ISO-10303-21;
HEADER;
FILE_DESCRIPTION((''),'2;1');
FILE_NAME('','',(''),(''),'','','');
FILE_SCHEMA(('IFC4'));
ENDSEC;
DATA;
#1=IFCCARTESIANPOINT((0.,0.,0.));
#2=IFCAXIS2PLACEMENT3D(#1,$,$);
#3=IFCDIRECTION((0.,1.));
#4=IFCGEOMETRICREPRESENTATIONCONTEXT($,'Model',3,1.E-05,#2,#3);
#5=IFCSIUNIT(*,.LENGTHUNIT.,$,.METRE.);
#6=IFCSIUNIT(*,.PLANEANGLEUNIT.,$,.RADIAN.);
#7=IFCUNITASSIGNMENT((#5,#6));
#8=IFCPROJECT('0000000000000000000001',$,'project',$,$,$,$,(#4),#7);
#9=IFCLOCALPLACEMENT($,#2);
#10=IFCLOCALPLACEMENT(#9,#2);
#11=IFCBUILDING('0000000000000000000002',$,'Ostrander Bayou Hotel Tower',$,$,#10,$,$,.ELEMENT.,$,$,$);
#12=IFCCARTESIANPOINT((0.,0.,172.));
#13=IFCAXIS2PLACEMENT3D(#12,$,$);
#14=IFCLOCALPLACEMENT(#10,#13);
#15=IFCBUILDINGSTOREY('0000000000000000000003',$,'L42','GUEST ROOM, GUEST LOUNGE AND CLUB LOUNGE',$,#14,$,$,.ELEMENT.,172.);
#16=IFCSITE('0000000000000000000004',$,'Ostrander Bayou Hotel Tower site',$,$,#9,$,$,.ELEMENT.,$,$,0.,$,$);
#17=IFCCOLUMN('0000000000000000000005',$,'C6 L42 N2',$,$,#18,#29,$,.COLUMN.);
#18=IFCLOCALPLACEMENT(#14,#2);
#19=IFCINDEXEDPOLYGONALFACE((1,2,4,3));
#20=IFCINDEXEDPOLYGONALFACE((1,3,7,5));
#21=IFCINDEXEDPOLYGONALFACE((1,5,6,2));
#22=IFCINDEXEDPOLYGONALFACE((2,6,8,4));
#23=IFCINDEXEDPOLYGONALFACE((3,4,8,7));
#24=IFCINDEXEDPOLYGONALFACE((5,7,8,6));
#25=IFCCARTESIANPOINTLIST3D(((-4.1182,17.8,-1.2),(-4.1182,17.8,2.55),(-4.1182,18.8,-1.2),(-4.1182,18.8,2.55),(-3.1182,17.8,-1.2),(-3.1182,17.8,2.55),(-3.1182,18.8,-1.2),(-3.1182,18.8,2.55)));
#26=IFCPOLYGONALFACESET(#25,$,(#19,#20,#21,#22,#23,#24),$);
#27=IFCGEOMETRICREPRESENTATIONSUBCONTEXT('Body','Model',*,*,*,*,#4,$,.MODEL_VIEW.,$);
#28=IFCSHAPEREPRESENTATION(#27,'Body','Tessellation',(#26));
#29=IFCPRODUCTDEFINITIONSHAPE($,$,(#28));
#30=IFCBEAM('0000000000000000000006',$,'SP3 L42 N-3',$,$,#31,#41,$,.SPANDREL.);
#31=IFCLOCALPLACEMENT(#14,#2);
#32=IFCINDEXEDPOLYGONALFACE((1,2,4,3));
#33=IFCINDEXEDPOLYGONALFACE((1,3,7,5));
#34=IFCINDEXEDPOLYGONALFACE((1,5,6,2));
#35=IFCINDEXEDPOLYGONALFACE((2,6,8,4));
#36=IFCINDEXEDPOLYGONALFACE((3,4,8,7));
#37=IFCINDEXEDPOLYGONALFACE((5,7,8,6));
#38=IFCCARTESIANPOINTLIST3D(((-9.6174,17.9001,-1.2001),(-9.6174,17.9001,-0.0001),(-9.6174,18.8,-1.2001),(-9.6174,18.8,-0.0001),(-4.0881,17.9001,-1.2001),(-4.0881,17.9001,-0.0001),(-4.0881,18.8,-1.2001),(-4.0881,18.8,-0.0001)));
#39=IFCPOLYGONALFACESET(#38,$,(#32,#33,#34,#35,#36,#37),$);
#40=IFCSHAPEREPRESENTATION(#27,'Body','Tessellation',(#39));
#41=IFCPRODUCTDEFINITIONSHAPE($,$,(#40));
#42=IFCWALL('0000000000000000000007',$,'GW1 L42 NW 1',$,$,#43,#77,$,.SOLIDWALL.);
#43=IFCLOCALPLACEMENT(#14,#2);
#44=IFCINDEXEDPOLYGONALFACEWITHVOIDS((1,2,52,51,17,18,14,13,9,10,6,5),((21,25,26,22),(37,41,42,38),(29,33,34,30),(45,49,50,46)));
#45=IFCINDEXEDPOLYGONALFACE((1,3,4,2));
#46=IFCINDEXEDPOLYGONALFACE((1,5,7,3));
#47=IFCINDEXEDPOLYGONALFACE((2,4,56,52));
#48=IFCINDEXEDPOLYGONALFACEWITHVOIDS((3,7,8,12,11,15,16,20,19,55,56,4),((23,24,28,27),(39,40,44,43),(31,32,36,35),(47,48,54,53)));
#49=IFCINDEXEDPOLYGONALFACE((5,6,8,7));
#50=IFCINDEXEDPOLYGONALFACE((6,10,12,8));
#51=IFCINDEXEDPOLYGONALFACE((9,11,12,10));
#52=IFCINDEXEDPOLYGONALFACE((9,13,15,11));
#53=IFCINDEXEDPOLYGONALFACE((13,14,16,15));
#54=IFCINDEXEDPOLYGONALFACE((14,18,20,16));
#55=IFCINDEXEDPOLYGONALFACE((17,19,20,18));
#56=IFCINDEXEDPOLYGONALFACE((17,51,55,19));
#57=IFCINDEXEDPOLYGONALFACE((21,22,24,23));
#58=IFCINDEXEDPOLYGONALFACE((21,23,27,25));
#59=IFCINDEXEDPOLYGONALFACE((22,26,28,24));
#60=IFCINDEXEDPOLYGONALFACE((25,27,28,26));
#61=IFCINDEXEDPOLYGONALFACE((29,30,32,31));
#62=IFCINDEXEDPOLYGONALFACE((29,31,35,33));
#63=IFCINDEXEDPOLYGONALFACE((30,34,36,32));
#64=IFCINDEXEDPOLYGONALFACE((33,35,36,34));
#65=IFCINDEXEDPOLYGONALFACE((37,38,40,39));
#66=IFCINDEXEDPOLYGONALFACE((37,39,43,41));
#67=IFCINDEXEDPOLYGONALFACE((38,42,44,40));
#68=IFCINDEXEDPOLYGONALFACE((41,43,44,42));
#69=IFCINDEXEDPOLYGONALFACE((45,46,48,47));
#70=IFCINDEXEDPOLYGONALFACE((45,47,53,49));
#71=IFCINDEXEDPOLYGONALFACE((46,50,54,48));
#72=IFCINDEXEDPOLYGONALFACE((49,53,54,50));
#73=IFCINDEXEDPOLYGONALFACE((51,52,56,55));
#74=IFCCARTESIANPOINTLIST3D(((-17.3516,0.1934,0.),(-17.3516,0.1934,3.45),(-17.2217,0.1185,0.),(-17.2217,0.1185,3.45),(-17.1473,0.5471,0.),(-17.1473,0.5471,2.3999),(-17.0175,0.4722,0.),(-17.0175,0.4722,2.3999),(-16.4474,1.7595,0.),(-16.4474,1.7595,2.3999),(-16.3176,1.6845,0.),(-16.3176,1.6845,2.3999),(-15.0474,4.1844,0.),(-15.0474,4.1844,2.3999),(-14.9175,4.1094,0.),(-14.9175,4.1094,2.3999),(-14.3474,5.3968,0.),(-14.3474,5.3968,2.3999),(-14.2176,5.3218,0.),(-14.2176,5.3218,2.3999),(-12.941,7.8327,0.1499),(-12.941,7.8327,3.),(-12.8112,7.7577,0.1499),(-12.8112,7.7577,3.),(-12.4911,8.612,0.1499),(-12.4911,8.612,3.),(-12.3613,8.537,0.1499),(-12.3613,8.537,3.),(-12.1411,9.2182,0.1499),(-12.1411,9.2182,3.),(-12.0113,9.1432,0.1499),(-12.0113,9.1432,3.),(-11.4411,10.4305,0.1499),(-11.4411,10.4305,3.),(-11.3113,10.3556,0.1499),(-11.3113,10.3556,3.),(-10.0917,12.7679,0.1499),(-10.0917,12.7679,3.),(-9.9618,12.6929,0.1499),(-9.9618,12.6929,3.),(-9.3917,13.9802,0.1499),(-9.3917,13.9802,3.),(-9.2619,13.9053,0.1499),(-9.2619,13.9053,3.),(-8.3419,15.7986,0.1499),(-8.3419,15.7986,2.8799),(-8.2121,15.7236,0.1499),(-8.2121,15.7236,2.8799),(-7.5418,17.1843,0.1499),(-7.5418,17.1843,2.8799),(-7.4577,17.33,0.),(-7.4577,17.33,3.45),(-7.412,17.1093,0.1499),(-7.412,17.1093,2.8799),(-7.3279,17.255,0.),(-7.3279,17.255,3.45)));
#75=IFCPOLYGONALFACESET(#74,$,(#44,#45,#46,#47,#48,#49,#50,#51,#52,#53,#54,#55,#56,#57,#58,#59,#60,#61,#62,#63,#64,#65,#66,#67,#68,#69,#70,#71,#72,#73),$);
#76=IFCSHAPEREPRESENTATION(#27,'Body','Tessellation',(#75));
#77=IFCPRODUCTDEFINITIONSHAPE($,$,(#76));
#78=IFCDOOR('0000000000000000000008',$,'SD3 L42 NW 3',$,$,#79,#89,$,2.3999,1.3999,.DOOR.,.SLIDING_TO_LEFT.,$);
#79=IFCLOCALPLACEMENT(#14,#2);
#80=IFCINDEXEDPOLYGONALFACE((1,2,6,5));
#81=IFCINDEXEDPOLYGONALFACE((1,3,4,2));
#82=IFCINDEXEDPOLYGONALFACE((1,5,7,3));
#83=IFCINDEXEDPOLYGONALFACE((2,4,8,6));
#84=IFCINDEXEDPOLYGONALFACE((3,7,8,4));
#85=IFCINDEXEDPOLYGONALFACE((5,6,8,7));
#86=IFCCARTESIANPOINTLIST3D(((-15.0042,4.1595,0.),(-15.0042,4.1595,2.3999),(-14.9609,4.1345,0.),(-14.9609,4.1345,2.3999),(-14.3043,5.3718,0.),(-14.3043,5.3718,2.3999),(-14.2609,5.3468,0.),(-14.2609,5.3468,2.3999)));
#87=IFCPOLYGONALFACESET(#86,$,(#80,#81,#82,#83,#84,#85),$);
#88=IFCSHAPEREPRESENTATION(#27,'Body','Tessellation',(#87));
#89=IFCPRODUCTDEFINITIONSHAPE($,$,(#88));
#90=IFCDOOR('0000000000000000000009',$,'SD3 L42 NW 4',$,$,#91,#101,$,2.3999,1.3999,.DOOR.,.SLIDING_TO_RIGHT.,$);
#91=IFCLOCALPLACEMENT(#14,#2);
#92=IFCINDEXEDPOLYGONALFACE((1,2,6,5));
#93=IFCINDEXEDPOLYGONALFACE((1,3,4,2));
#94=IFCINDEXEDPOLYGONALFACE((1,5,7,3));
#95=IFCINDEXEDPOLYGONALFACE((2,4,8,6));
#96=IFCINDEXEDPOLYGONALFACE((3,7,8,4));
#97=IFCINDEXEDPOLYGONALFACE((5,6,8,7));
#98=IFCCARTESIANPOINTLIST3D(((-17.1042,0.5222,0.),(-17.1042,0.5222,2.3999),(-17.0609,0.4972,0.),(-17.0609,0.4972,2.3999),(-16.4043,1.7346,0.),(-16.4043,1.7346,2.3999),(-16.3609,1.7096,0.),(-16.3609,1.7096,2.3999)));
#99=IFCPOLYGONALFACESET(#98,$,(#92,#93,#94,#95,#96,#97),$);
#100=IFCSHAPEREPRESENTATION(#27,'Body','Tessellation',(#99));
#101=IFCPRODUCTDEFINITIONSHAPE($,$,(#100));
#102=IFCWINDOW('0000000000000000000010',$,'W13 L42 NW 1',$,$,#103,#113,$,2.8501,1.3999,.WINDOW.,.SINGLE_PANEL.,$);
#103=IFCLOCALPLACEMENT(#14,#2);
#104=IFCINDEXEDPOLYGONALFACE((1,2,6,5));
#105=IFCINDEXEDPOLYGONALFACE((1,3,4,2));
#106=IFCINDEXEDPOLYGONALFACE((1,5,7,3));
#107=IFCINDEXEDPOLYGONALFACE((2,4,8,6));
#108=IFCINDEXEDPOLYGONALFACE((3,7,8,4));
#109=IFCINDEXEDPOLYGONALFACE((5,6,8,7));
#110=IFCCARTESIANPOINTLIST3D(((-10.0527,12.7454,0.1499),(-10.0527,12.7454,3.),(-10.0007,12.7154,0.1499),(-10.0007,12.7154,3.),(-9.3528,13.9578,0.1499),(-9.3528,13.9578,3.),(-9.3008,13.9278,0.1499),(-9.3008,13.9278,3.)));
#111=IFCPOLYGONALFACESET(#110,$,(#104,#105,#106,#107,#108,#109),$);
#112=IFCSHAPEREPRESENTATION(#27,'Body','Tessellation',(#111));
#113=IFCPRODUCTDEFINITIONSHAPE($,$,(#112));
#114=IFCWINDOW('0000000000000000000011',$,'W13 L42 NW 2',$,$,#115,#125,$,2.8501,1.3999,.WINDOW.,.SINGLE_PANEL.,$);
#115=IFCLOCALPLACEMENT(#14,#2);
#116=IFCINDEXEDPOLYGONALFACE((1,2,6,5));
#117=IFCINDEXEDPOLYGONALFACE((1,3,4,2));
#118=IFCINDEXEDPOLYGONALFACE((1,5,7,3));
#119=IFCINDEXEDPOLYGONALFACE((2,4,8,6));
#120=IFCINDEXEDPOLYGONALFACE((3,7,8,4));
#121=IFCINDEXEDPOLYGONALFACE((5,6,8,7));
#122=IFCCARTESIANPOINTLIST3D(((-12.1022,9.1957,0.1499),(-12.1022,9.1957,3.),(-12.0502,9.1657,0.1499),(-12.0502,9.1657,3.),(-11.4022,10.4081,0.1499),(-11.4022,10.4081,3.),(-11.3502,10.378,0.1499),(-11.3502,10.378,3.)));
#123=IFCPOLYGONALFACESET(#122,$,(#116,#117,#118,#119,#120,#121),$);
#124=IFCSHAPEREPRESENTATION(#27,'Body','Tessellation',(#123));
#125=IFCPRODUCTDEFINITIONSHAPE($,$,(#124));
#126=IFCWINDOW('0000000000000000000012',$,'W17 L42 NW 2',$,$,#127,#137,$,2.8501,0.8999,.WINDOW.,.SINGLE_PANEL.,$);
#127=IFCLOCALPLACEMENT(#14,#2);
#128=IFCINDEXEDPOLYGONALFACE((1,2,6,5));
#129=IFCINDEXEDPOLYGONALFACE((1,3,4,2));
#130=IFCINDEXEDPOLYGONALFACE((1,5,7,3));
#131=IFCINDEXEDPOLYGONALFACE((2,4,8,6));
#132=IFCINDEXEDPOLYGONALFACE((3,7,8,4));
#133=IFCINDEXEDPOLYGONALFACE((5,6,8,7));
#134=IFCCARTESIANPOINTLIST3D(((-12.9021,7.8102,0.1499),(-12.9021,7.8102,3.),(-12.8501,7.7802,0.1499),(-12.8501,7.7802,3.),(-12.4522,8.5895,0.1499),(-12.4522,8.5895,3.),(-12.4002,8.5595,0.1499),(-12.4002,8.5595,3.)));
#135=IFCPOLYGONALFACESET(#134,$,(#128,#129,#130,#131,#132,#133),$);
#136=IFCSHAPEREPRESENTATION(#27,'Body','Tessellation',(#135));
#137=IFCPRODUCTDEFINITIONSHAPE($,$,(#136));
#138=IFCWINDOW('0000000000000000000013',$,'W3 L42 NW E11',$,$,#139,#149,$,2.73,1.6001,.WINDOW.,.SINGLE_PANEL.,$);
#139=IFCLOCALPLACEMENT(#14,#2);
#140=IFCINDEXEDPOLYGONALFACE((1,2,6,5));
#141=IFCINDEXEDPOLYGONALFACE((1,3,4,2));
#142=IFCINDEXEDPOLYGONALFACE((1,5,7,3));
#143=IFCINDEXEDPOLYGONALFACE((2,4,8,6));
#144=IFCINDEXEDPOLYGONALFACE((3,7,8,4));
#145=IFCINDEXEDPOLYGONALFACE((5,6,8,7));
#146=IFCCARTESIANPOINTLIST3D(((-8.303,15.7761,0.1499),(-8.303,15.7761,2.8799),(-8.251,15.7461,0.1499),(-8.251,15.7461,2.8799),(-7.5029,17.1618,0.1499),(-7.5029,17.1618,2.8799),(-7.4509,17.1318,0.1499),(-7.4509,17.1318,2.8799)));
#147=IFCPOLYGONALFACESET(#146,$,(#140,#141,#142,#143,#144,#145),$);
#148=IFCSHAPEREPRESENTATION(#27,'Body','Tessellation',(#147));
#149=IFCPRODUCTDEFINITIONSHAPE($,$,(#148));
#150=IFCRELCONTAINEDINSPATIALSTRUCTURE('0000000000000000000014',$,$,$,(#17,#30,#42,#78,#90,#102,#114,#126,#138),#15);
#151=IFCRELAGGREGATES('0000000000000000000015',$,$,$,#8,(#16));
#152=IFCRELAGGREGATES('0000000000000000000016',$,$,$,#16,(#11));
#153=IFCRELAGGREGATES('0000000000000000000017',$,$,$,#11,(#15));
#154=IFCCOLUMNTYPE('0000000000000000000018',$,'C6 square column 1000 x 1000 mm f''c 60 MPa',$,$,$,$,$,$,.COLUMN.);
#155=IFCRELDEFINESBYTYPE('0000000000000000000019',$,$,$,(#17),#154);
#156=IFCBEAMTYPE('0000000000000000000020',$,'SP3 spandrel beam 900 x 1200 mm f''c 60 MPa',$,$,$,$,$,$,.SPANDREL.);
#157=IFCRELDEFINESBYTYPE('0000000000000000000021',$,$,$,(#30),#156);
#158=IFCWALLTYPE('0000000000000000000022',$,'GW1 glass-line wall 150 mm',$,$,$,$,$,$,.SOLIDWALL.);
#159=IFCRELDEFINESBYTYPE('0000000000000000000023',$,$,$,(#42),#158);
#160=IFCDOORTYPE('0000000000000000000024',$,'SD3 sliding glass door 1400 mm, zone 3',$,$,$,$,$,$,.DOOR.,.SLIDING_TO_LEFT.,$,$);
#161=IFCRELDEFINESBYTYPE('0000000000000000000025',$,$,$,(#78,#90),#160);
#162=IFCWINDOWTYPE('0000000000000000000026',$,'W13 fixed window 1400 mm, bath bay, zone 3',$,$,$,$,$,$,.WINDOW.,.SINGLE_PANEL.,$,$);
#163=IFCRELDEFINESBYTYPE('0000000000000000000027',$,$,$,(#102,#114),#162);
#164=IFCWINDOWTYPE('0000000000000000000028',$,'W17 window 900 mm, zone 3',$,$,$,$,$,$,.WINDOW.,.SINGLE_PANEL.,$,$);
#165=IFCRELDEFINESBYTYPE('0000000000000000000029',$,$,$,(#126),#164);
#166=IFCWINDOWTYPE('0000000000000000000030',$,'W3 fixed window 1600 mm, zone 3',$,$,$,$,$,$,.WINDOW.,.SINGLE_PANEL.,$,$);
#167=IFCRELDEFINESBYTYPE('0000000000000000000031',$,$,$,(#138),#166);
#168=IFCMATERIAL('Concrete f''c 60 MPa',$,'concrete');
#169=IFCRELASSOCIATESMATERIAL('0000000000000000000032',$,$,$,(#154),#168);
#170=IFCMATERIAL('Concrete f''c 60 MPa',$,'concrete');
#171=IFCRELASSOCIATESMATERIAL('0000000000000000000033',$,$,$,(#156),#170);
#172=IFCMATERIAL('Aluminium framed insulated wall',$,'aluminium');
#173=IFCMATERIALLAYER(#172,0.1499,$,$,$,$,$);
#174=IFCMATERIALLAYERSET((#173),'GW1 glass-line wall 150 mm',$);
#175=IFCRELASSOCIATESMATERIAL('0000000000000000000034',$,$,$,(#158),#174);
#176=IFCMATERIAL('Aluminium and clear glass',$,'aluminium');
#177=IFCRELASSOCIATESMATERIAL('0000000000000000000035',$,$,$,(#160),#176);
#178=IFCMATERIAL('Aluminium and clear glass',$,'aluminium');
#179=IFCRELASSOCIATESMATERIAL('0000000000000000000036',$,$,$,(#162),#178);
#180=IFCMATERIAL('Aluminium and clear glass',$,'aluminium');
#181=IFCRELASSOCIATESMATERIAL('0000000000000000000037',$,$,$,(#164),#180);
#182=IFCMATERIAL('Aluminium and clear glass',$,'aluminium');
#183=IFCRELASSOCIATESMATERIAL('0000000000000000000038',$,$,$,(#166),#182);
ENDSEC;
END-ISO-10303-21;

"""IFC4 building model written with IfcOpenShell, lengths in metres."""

from ifc_helpers import new_model, si_unit, direction, frame, frame_2d, origin, origin_2d, place, context, subcontext, project, spatial, rectangle, extrude, material, layer, layer_set, material_profile, profile_set, type_object, element, fill, save


model = new_model("IFC4")

# Units and contexts
model_context = context("Model", 3, precision=1e-05, world=origin(), true_north=direction((0.0, 1.0)))
body_context = subcontext(model_context, "Body", "Model", "MODEL_VIEW")
ifc_project = project(units=[si_unit("LENGTHUNIT", "METRE"), si_unit("PLANEANGLEUNIT", "RADIAN")], contexts=[model_context])

# Site, building, storey
site_placement = place(None, origin())
site = spatial("IfcSite", under=ifc_project, at=site_placement, Name="Ostrander Bayou Hotel Tower site", CompositionType="ELEMENT", RefElevation=0.0)
building_placement = place(site_placement, origin())
building = spatial("IfcBuilding", under=site, at=building_placement, Name="Ostrander Bayou Hotel Tower", CompositionType="ELEMENT")
storey_placement = place(building_placement, frame((0.0, 0.0, 172.0)))
storey = spatial("IfcBuildingStorey", under=building, at=storey_placement, Name="L42", Description="GUEST ROOM, GUEST LOUNGE AND CLUB LOUNGE", CompositionType="ELEMENT", Elevation=172.0)

# Column
ifc_material_1 = material(Name="Concrete f'c 60 MPa", Category="concrete")
ifc_material_profile_1 = material_profile(ifc_material_1, rectangle(XDim=1.0, YDim=1.0, at=origin_2d()))
ifc_profile_set_1 = profile_set([ifc_material_profile_1], Name="Concrete f'c 60 MPa")
column_type = type_object("IfcColumnType", Name="C6 square column 1000 x 1000 mm f'c 60 MPa", PredefinedType="COLUMN", material=ifc_profile_set_1)
column_placement = place(storey_placement, frame((-3.6182, 18.3, -1.2), z_axis=(0.0, 0.0, 1.0), x_axis=(1.0, 0.0, 0.0)))
element("IfcColumn", 1, at=column_placement, inside=storey, type_object=column_type, Name="C6 L42 N2", PredefinedType="COLUMN", context=body_context, shape_type="SweptSolid", body=[
    extrude(rectangle(XDim=1.0, YDim=1.0, at=origin_2d()), origin(), (0.0, 0.0, 1.0), 3.75),
])

# Beam
ifc_material_2 = material(Name="Concrete f'c 60 MPa", Category="concrete")
ifc_material_profile_2 = material_profile(ifc_material_2, rectangle(XDim=0.8999, YDim=1.2, at=origin_2d()))
ifc_profile_set_2 = profile_set([ifc_material_profile_2], Name="Concrete f'c 60 MPa")
beam_type = type_object("IfcBeamType", Name="SP3 spandrel beam 900 x 1200 mm f'c 60 MPa", PredefinedType="SPANDREL", material=ifc_profile_set_2)
beam_placement = place(storey_placement, frame((-4.0881, 18.3501, -0.6001), z_axis=(-1.0, 0.0, 0.0), x_axis=(0.0, -1.0, 0.0)))
element("IfcBeam", 2, at=beam_placement, inside=storey, type_object=beam_type, Name="SP3 L42 N-3", PredefinedType="SPANDREL", context=body_context, shape_type="SweptSolid", body=[
    extrude(rectangle(XDim=0.8999, YDim=1.2, at=origin_2d()), origin(), (0.0, 0.0, 1.0), 5.5293),
])

# Wall, openings, doors, windows
ifc_material_3 = material(Name="Aluminium framed insulated wall", Category="aluminium")
ifc_layer_1 = layer(ifc_material_3, 0.1499)
ifc_layer_set_1 = layer_set([ifc_layer_1], Name="GW1 glass-line wall 150 mm")
wall_type_1 = type_object("IfcWallType", Name="GW1 glass-line wall 150 mm", PredefinedType="SOLIDWALL", material=ifc_layer_set_1)
wall_1_placement = place(storey_placement, frame((-7.3928, 17.2925, 0.0), z_axis=(0.0, 0.0, 1.0), x_axis=(-0.500002, -0.866024, 0.0)))
wall_1 = element("IfcWall", 3, at=wall_1_placement, inside=storey, type_object=wall_type_1, Name="GW1 L42 NW 1", PredefinedType="SOLIDWALL", context=body_context, shape_type="SweptSolid", body=[
    extrude(rectangle(XDim=19.7876, YDim=0.1499, at=frame_2d((9.8938, 0.0))), origin(), (0.0, 0.0, 1.0), 3.45),
])
opening_1_placement = place(wall_1_placement, frame((3.8679, 0.0, 0.1499)))
opening_1 = element("IfcOpeningElement", 4, at=opening_1_placement, cuts=wall_1, PredefinedType="OPENING", context=body_context, shape_type="SweptSolid", body=[
    extrude(rectangle(XDim=1.3999, YDim=2.8501, at=frame_2d((0.7, 1.425))), frame((0.0, 0.075, 0.0), z_axis=(0.0, -1.0, 0.0), x_axis=(1.0, 0.0, 0.0)), (0.0, 0.0, 1.0), 0.1499),
])
opening_2_placement = place(wall_1_placement, frame((10.0667, 0.0, 0.1499)))
opening_2 = element("IfcOpeningElement", 5, at=opening_2_placement, cuts=wall_1, PredefinedType="OPENING", context=body_context, shape_type="SweptSolid", body=[
    extrude(rectangle(XDim=0.8999, YDim=2.8501, at=frame_2d((0.45, 1.425))), frame((0.0, 0.075, 0.0), z_axis=(0.0, -1.0, 0.0), x_axis=(1.0, 0.0, 0.0)), (0.0, 0.0, 1.0), 0.1499),
])
opening_3_placement = place(wall_1_placement, frame((7.9668, 0.0, 0.1499)))
opening_3 = element("IfcOpeningElement", 6, at=opening_3_placement, cuts=wall_1, PredefinedType="OPENING", context=body_context, shape_type="SweptSolid", body=[
    extrude(rectangle(XDim=1.3999, YDim=2.8501, at=frame_2d((0.7, 1.425))), frame((0.0, 0.075, 0.0), z_axis=(0.0, -1.0, 0.0), x_axis=(1.0, 0.0, 0.0)), (0.0, 0.0, 1.0), 0.1499),
])
opening_4_placement = place(wall_1_placement, frame((13.7793, 0.0, 0.0)))
opening_4 = element("IfcOpeningElement", 7, at=opening_4_placement, cuts=wall_1, PredefinedType="OPENING", context=body_context, shape_type="SweptSolid", body=[
    extrude(rectangle(XDim=1.3999, YDim=2.3999, at=frame_2d((0.7, 1.2))), frame((0.0, 0.075, 0.0), z_axis=(0.0, -1.0, 0.0), x_axis=(1.0, 0.0, 0.0)), (0.0, 0.0, 1.0), 0.1499),
])
opening_5_placement = place(wall_1_placement, frame((17.9792, 0.0, 0.0)))
opening_5 = element("IfcOpeningElement", 8, at=opening_5_placement, cuts=wall_1, PredefinedType="OPENING", context=body_context, shape_type="SweptSolid", body=[
    extrude(rectangle(XDim=1.3999, YDim=2.3999, at=frame_2d((0.7, 1.2))), frame((0.0, 0.075, 0.0), z_axis=(0.0, -1.0, 0.0), x_axis=(1.0, 0.0, 0.0)), (0.0, 0.0, 1.0), 0.1499),
])
opening_6_placement = place(wall_1_placement, frame((0.1682, 0.0, 0.1499)))
opening_6 = element("IfcOpeningElement", 9, at=opening_6_placement, cuts=wall_1, PredefinedType="OPENING", context=body_context, shape_type="SweptSolid", body=[
    extrude(rectangle(XDim=1.6001, YDim=2.73, at=frame_2d((0.8, 1.365))), frame((0.0, 0.075, 0.0), z_axis=(0.0, -1.0, 0.0), x_axis=(1.0, 0.0, 0.0)), (0.0, 0.0, 1.0), 0.1499),
])
ifc_material_4 = material(Name="Aluminium and clear glass", Category="aluminium")
door_type_1 = type_object("IfcDoorType", Name="SD3 sliding glass door 1400 mm, zone 3", OperationType="SLIDING_TO_LEFT", PredefinedType="DOOR", material=ifc_material_4)
door_1_placement = place(opening_4_placement, origin())
door_1 = element("IfcDoor", 10, at=door_1_placement, inside=storey, type_object=door_type_1, Name="SD3 L42 NW 3", OperationType="SLIDING_TO_LEFT", OverallHeight=2.3999, OverallWidth=1.3999, PredefinedType="DOOR", context=body_context, shape_type="SweptSolid", body=[
    extrude(rectangle(XDim=1.3999, YDim=2.3999, at=frame_2d((0.7, 1.2))), frame((0.0, 0.0249, 0.0), z_axis=(0.0, -1.0, 0.0), x_axis=(1.0, 0.0, 0.0)), (0.0, 0.0, 1.0), 0.05),
])
fill(opening_4, door_1)
door_2_placement = place(opening_5_placement, origin())
door_2 = element("IfcDoor", 11, at=door_2_placement, inside=storey, type_object=door_type_1, Name="SD3 L42 NW 4", OperationType="SLIDING_TO_RIGHT", OverallHeight=2.3999, OverallWidth=1.3999, PredefinedType="DOOR", context=body_context, shape_type="SweptSolid", body=[
    extrude(rectangle(XDim=1.3999, YDim=2.3999, at=frame_2d((0.7, 1.2))), frame((0.0, 0.0249, 0.0), z_axis=(0.0, -1.0, 0.0), x_axis=(1.0, 0.0, 0.0)), (0.0, 0.0, 1.0), 0.05),
])
fill(opening_5, door_2)
ifc_material_5 = material(Name="Aluminium and clear glass", Category="aluminium")
window_type_1 = type_object("IfcWindowType", Name="W13 fixed window 1400 mm, bath bay, zone 3", PartitioningType="SINGLE_PANEL", PredefinedType="WINDOW", material=ifc_material_5)
window_1_placement = place(opening_1_placement, origin())
window_1 = element("IfcWindow", 12, at=window_1_placement, inside=storey, type_object=window_type_1, Name="W13 L42 NW 1", OverallHeight=2.8501, OverallWidth=1.3999, PartitioningType="SINGLE_PANEL", PredefinedType="WINDOW", context=body_context, shape_type="SweptSolid", body=[
    extrude(rectangle(XDim=1.3999, YDim=2.8501, at=frame_2d((0.7, 1.425))), frame((0.0, 0.03, 0.0), z_axis=(0.0, -1.0, 0.0), x_axis=(1.0, 0.0, 0.0)), (0.0, 0.0, 1.0), 0.0601),
])
fill(opening_1, window_1)
window_2_placement = place(opening_3_placement, origin())
window_2 = element("IfcWindow", 13, at=window_2_placement, inside=storey, type_object=window_type_1, Name="W13 L42 NW 2", OverallHeight=2.8501, OverallWidth=1.3999, PartitioningType="SINGLE_PANEL", PredefinedType="WINDOW", context=body_context, shape_type="SweptSolid", body=[
    extrude(rectangle(XDim=1.3999, YDim=2.8501, at=frame_2d((0.7, 1.425))), frame((0.0, 0.03, 0.0), z_axis=(0.0, -1.0, 0.0), x_axis=(1.0, 0.0, 0.0)), (0.0, 0.0, 1.0), 0.0601),
])
fill(opening_3, window_2)
ifc_material_6 = material(Name="Aluminium and clear glass", Category="aluminium")
window_type_2 = type_object("IfcWindowType", Name="W17 window 900 mm, zone 3", PartitioningType="SINGLE_PANEL", PredefinedType="WINDOW", material=ifc_material_6)
window_3_placement = place(opening_2_placement, origin())
window_3 = element("IfcWindow", 14, at=window_3_placement, inside=storey, type_object=window_type_2, Name="W17 L42 NW 2", OverallHeight=2.8501, OverallWidth=0.8999, PartitioningType="SINGLE_PANEL", PredefinedType="WINDOW", context=body_context, shape_type="SweptSolid", body=[
    extrude(rectangle(XDim=0.8999, YDim=2.8501, at=frame_2d((0.45, 1.425))), frame((0.0, 0.03, 0.0), z_axis=(0.0, -1.0, 0.0), x_axis=(1.0, 0.0, 0.0)), (0.0, 0.0, 1.0), 0.0601),
])
fill(opening_2, window_3)
ifc_material_7 = material(Name="Aluminium and clear glass", Category="aluminium")
window_type_3 = type_object("IfcWindowType", Name="W3 fixed window 1600 mm, zone 3", PartitioningType="SINGLE_PANEL", PredefinedType="WINDOW", material=ifc_material_7)
window_4_placement = place(opening_6_placement, origin())
window_4 = element("IfcWindow", 15, at=window_4_placement, inside=storey, type_object=window_type_3, Name="W3 L42 NW E11", OverallHeight=2.73, OverallWidth=1.6001, PartitioningType="SINGLE_PANEL", PredefinedType="WINDOW", context=body_context, shape_type="SweptSolid", body=[
    extrude(rectangle(XDim=1.6001, YDim=2.73, at=frame_2d((0.8, 1.365))), frame((0.0, 0.03, 0.0), z_axis=(0.0, -1.0, 0.0), x_axis=(1.0, 0.0, 0.0)), (0.0, 0.0, 1.0), 0.0601),
])
fill(opening_6, window_4)

save(model, "model.ifc")
